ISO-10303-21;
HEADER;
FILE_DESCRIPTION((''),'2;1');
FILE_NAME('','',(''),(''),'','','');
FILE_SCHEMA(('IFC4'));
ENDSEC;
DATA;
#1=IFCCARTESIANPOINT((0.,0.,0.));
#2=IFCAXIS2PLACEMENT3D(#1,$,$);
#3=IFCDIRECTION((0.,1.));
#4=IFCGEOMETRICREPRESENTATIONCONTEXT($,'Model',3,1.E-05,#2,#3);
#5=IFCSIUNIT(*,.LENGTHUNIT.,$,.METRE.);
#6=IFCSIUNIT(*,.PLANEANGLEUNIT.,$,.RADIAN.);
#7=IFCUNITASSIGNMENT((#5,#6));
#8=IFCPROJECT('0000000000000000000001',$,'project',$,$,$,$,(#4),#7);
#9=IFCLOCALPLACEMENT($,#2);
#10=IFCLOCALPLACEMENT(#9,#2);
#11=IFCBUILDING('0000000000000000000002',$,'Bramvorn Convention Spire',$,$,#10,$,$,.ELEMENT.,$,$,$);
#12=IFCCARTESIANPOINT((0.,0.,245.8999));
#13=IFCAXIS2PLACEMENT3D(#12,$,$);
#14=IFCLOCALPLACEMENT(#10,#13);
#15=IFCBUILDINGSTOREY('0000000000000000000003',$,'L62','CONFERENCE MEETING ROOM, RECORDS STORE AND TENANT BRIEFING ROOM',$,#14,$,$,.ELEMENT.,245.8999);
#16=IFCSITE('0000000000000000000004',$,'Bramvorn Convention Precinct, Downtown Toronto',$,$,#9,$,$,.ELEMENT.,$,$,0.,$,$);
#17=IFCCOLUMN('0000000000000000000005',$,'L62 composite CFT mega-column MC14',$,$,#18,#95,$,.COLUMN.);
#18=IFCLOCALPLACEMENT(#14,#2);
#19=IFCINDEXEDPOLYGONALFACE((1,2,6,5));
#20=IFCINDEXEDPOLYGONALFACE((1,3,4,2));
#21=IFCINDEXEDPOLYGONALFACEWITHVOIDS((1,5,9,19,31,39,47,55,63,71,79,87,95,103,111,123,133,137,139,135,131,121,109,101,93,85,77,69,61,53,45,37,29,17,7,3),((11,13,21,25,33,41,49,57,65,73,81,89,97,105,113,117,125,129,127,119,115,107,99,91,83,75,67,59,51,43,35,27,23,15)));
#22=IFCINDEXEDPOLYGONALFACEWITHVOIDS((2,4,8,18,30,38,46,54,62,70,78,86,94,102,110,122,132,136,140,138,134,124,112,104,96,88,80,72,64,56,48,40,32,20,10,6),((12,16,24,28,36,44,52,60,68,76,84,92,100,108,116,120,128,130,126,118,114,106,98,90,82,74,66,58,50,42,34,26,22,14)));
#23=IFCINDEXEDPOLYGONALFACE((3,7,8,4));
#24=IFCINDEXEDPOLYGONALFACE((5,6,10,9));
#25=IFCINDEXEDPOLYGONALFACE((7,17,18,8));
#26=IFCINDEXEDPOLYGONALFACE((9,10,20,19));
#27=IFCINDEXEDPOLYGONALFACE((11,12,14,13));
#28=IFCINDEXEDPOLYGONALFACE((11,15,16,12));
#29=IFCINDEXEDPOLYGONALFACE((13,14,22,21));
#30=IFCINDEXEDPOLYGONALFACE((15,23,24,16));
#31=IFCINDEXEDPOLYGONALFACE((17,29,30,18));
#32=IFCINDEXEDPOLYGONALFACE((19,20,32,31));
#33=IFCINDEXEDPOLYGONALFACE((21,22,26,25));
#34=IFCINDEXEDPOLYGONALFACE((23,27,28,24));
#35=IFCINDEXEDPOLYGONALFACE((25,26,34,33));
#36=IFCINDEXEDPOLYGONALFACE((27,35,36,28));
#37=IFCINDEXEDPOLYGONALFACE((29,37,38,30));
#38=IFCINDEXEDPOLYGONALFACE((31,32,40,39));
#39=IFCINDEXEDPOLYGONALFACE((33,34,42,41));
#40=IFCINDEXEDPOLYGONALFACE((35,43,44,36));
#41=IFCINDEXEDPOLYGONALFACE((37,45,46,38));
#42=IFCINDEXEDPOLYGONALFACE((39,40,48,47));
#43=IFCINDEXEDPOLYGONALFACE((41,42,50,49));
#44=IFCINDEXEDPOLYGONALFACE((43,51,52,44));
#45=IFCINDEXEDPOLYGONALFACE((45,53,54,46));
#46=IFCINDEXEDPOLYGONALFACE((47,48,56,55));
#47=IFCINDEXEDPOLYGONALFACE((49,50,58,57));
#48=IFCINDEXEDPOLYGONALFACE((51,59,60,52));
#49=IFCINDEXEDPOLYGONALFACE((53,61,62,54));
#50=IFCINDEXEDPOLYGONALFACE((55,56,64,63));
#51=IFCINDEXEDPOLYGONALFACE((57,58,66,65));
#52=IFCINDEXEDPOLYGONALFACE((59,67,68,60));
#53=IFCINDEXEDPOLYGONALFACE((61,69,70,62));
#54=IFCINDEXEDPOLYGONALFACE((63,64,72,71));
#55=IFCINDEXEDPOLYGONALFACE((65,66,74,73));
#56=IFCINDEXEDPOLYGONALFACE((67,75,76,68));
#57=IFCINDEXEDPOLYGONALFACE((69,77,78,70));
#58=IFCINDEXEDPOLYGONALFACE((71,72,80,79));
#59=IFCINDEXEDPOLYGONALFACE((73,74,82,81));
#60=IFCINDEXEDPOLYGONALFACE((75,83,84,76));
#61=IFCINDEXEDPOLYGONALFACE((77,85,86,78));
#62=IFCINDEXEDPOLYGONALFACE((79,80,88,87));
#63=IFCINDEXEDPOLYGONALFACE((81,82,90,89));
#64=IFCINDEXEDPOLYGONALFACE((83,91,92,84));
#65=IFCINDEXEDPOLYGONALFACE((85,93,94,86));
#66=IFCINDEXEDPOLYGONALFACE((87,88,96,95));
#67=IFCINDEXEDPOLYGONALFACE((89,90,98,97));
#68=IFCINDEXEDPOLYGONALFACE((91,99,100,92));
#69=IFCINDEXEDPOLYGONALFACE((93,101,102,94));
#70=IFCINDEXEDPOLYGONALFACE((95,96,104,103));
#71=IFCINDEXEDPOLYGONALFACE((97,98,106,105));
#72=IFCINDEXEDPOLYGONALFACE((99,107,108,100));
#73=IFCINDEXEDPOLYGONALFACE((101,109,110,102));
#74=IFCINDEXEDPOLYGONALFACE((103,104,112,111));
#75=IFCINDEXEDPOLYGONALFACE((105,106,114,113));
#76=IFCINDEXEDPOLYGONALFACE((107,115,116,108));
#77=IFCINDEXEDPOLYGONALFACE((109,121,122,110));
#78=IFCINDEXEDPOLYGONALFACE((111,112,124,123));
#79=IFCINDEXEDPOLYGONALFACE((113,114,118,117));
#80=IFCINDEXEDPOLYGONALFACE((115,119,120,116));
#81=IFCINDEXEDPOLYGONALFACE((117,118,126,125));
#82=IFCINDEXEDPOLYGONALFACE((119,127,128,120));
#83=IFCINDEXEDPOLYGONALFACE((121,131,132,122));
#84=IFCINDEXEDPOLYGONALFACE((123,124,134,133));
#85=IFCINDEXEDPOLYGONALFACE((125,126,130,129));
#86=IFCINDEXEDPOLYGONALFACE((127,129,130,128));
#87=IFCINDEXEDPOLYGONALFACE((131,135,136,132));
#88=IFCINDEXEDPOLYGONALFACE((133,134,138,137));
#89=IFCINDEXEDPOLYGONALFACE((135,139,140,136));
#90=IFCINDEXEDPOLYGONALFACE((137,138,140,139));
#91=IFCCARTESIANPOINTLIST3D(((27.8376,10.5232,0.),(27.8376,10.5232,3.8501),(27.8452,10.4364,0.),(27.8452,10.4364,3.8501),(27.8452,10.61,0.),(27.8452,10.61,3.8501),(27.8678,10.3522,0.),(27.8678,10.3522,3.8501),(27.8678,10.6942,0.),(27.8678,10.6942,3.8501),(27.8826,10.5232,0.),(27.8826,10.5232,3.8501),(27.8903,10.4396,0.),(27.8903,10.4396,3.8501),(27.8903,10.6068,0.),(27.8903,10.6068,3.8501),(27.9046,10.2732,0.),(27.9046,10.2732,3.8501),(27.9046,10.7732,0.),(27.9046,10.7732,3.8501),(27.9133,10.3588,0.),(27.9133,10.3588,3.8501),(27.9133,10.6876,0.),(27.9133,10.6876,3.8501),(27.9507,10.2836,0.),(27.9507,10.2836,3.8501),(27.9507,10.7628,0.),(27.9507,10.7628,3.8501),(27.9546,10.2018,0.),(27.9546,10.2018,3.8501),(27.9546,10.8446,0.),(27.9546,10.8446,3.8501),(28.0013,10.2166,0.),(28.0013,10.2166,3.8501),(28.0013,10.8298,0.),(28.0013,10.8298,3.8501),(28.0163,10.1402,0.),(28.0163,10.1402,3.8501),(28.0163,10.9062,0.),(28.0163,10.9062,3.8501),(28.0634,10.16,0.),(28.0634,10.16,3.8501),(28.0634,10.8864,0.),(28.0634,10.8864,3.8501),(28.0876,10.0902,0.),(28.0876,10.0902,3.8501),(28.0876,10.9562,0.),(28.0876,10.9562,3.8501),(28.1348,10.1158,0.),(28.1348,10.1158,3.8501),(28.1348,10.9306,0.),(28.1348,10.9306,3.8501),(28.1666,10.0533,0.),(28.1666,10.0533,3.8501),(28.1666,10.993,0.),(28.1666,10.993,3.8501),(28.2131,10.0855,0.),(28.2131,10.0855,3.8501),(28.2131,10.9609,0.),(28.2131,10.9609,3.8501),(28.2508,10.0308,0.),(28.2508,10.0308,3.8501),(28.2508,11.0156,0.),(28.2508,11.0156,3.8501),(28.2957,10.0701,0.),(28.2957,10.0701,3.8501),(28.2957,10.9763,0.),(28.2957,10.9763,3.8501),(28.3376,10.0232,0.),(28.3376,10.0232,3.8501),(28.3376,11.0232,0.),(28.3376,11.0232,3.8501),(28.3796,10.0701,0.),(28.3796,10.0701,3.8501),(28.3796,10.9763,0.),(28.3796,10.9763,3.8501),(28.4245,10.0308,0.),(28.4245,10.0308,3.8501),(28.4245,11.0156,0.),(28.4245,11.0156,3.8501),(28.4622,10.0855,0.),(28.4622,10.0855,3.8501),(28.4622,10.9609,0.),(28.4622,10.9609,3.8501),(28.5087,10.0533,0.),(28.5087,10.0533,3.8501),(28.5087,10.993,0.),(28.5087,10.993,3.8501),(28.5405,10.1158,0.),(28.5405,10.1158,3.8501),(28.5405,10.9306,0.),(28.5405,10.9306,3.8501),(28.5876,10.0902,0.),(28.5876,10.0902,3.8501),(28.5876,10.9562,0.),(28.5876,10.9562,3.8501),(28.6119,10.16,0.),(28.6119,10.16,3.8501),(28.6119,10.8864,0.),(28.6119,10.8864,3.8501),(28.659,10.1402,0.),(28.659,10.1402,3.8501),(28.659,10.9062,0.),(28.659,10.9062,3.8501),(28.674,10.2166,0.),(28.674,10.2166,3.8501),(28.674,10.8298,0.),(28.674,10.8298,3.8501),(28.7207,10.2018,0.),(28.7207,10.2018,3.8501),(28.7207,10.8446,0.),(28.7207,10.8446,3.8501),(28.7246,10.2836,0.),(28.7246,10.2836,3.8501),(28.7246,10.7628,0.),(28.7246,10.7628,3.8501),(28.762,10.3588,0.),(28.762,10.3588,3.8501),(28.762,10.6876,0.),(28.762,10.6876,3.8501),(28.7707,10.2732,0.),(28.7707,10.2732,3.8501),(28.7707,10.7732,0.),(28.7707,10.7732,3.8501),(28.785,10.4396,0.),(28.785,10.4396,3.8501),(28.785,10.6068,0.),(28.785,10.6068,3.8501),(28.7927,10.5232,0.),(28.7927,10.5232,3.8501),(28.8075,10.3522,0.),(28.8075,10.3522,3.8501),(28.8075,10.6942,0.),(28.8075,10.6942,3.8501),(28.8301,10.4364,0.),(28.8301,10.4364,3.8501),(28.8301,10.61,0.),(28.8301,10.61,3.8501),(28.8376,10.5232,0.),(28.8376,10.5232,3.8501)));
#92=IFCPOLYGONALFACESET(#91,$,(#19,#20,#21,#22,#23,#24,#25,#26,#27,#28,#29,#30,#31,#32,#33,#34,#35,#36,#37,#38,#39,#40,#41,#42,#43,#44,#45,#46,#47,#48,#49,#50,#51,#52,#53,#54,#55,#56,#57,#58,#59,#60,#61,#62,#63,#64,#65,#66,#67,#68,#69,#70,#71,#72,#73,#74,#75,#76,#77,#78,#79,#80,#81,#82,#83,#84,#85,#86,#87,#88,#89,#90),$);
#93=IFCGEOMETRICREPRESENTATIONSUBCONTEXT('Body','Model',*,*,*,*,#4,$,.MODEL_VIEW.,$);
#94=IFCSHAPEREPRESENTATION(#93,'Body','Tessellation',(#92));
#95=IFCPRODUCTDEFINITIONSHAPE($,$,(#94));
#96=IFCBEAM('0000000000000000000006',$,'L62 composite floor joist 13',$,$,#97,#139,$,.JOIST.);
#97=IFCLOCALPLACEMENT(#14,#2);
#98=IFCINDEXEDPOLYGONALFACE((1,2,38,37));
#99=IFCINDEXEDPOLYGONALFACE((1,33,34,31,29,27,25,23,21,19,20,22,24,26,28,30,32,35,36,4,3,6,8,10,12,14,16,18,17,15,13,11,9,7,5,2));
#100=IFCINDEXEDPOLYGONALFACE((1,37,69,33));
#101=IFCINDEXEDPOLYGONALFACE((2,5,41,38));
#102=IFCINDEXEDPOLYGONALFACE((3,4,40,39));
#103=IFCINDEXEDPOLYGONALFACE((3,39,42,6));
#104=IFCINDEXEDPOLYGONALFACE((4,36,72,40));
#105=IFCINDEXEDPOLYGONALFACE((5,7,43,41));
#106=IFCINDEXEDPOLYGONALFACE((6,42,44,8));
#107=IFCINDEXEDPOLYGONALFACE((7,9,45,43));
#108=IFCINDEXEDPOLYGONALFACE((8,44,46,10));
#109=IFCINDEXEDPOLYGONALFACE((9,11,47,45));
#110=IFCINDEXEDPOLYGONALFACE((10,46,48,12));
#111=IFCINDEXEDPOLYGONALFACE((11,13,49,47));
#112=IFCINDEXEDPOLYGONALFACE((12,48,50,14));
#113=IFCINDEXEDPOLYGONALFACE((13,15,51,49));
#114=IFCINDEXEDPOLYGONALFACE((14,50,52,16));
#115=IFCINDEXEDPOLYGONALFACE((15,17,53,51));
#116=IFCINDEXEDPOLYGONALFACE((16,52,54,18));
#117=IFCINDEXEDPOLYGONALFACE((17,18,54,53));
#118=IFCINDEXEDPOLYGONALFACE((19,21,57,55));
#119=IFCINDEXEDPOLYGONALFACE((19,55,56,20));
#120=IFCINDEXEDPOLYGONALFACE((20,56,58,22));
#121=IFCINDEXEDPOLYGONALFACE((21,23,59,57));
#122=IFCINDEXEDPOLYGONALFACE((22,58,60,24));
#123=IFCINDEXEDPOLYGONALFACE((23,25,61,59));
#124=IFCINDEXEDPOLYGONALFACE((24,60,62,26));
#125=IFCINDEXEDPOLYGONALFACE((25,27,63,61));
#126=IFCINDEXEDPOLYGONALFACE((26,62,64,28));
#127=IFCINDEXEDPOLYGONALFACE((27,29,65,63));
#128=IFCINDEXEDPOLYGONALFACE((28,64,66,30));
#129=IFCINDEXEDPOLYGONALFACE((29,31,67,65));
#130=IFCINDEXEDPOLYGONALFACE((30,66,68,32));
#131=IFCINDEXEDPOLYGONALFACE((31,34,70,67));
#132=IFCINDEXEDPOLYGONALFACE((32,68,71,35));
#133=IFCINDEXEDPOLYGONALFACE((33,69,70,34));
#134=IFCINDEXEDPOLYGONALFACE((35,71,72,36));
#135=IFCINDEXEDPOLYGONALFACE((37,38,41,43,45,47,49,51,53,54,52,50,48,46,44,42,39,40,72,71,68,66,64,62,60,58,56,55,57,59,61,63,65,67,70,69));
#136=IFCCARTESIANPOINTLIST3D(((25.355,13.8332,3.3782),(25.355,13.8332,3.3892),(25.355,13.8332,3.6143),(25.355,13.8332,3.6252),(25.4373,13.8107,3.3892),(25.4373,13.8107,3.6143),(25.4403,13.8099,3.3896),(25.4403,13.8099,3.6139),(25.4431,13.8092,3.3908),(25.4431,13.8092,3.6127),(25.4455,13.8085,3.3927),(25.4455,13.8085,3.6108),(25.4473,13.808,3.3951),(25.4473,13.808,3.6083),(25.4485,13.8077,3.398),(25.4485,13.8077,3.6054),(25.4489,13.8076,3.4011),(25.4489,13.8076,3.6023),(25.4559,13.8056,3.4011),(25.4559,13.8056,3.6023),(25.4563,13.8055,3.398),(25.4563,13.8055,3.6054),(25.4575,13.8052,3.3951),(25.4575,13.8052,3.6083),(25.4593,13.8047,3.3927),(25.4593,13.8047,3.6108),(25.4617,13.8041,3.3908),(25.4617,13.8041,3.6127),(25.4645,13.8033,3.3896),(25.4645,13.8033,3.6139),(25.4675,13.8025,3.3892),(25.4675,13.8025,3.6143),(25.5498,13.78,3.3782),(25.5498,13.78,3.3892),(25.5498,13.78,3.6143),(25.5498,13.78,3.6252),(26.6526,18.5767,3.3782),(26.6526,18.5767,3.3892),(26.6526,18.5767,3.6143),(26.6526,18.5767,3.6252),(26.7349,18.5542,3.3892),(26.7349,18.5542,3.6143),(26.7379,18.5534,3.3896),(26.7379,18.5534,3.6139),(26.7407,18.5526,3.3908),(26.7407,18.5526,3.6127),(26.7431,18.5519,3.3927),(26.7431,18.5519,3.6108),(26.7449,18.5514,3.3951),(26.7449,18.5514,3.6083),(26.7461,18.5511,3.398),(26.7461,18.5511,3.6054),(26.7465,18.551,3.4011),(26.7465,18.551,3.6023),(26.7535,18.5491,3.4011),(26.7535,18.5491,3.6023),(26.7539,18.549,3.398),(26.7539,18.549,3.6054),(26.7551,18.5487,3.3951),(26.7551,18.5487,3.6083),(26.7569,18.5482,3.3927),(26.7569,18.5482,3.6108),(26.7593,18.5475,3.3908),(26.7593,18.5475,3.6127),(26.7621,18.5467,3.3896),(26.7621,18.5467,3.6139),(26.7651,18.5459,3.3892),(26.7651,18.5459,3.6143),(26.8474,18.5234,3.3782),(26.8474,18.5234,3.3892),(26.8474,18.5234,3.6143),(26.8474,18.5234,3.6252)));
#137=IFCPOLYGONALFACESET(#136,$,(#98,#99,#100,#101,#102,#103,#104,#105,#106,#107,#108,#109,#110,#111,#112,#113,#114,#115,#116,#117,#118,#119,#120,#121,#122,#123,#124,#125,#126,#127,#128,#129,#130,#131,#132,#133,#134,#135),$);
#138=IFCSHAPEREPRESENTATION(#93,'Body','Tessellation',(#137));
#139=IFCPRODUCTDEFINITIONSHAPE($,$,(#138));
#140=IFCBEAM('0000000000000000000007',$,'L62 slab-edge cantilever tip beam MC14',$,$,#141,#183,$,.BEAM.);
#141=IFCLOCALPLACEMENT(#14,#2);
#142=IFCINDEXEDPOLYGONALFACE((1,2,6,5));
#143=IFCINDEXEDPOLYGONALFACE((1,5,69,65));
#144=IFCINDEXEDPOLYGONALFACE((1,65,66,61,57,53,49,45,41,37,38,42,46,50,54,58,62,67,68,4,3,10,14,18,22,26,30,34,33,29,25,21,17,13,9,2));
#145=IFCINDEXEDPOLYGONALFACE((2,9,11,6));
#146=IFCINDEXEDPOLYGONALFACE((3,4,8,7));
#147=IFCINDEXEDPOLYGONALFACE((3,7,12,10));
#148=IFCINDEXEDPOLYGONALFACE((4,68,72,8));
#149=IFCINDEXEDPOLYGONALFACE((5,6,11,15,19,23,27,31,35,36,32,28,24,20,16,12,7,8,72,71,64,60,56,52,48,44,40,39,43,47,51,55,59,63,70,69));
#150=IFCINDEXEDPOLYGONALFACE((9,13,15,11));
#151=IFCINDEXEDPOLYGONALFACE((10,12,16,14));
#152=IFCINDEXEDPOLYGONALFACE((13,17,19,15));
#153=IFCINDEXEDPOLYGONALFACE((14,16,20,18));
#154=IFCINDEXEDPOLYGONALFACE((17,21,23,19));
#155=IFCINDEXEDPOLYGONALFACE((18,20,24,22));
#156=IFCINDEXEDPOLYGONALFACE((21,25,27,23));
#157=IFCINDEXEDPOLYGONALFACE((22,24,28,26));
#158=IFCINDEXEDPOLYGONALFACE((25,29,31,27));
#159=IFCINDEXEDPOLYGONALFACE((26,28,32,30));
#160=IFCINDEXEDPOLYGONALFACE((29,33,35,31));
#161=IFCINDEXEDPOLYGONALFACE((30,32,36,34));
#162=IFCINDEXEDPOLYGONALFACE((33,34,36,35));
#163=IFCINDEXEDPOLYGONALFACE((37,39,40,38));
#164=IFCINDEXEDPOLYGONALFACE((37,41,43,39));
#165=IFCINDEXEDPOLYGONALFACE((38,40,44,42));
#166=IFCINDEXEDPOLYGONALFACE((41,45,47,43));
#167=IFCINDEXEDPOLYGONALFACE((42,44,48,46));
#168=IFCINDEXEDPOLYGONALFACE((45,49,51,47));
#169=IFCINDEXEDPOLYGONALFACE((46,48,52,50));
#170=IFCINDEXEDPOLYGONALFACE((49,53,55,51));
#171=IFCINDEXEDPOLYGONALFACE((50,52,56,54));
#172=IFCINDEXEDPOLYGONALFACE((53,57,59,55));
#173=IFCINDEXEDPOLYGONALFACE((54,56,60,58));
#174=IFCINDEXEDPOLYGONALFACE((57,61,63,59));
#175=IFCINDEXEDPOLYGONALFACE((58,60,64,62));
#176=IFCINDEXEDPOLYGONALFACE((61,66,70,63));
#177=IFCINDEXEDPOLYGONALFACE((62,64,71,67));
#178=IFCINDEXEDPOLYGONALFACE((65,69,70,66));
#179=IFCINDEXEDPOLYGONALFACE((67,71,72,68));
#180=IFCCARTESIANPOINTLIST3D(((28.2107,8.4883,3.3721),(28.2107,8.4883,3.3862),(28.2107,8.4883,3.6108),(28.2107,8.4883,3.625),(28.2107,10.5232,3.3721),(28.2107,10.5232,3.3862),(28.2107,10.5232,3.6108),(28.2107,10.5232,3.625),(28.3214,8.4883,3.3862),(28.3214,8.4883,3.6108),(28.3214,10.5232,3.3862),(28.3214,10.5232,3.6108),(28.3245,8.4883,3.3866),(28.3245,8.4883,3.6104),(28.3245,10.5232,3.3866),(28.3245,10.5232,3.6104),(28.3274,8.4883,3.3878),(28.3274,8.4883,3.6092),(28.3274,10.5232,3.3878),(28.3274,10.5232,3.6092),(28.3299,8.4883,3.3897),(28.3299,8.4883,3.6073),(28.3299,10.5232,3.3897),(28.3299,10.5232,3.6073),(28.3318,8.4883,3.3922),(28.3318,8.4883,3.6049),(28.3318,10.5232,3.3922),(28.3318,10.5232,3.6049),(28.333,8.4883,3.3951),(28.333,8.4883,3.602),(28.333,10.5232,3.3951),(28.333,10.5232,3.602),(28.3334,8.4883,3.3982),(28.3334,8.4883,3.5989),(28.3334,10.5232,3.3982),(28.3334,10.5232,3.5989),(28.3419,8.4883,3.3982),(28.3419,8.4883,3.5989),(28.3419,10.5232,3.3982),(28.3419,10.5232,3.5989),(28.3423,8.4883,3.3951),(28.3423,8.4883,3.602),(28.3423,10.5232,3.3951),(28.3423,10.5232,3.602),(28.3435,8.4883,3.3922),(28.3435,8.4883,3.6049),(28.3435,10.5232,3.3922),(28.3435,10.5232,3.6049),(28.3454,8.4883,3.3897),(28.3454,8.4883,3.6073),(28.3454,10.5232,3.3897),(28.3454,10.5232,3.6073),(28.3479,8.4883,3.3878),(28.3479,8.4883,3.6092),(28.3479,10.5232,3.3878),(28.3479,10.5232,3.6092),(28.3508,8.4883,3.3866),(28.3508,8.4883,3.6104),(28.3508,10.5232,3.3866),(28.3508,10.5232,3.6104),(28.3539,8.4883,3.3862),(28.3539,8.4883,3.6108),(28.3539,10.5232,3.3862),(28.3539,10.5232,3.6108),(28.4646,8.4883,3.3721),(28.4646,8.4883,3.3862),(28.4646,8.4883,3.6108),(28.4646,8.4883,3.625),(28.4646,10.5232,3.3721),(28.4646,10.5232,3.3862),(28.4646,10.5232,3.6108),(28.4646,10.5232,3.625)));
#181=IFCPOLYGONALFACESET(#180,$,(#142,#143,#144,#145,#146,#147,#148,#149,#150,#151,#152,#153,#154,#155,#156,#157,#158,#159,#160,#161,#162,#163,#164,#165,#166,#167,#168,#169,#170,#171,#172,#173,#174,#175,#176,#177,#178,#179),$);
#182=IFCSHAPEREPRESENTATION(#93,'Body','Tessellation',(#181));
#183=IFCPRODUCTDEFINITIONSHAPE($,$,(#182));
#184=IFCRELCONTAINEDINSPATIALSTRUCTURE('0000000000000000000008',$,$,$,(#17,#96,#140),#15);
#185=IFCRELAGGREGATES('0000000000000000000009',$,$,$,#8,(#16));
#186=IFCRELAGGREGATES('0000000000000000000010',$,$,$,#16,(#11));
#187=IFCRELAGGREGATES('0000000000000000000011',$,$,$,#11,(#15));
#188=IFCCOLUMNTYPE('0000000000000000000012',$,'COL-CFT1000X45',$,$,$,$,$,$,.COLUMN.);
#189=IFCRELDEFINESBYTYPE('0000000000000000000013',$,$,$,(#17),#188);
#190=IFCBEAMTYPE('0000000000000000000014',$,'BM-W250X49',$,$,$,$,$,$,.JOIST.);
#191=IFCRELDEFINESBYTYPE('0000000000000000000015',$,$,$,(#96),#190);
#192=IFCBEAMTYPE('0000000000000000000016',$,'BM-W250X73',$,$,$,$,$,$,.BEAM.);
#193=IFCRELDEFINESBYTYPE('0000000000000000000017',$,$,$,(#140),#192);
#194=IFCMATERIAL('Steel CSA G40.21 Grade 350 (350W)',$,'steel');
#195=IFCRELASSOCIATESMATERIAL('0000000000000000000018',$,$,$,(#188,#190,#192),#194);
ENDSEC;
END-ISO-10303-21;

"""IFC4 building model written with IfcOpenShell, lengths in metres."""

from ifc_helpers import new_model, si_unit, direction, frame, origin, origin_2d, place, context, subcontext, project, spatial, hollow_circle, i_section, extrude, material, material_profile, profile_set, type_object, element, save


model = new_model("IFC4")

# Units and contexts
model_context = context("Model", 3, precision=1e-05, world=origin(), true_north=direction((0.0, 1.0)))
body_context = subcontext(model_context, "Body", "Model", "MODEL_VIEW")
ifc_project = project(units=[si_unit("LENGTHUNIT", "METRE"), si_unit("PLANEANGLEUNIT", "RADIAN")], contexts=[model_context])

# Site, building, storey
site_placement = place(None, origin())
site = spatial("IfcSite", under=ifc_project, at=site_placement, Name="Bramvorn Convention Precinct, Downtown Toronto", CompositionType="ELEMENT", RefElevation=0.0)
building_placement = place(site_placement, origin())
building = spatial("IfcBuilding", under=site, at=building_placement, Name="Bramvorn Convention Spire", CompositionType="ELEMENT")
storey_placement = place(building_placement, frame((0.0, 0.0, 245.8999)))
storey = spatial("IfcBuildingStorey", under=building, at=storey_placement, Name="L62", Description="CONFERENCE MEETING ROOM, RECORDS STORE AND TENANT BRIEFING ROOM", CompositionType="ELEMENT", Elevation=245.8999)

# Column
ifc_material_1 = material(Name="Steel CSA G40.21 Grade 350 (350W)", Category="steel")
ifc_material_profile_1 = material_profile(ifc_material_1, hollow_circle(Radius=0.5, WallThickness=0.0449, at=origin_2d()))
ifc_profile_set_1 = profile_set([ifc_material_profile_1], Name="Steel CSA G40.21 Grade 350 (350W) - CFT1000X45")
column_type = type_object("IfcColumnType", Name="COL-CFT1000X45", PredefinedType="COLUMN", material=ifc_profile_set_1)
column_placement = place(storey_placement, frame((28.3376, 10.5232, 0.0), z_axis=(0.0, 0.0, 1.0), x_axis=(1.0, 0.0, 0.0)))
element("IfcColumn", 1, at=column_placement, inside=storey, type_object=column_type, Name="L62 composite CFT mega-column MC14", PredefinedType="COLUMN", context=body_context, shape_type="SweptSolid", body=[
    extrude(hollow_circle(Radius=0.5, WallThickness=0.0449, at=origin_2d()), origin(), (0.0, 0.0, 1.0), 3.8501),
])

# Beams
ifc_material_profile_2 = material_profile(ifc_material_1, i_section(OverallWidth=0.2019, OverallDepth=0.2471, WebThickness=0.0073, FlangeThickness=0.011, FilletRadius=0.012, at=origin_2d()))
ifc_profile_set_2 = profile_set([ifc_material_profile_2], Name="Steel CSA G40.21 Grade 350 (350W) - W250X49")
beam_type_1 = type_object("IfcBeamType", Name="BM-W250X49", PredefinedType="JOIST", material=ifc_profile_set_2)
beam_1_placement = place(storey_placement, frame((26.75, 18.55, 3.5017), z_axis=(-0.263865, -0.96456, 0.0), x_axis=(0.96456, -0.263865, 0.0)))
element("IfcBeam", 2, at=beam_1_placement, inside=storey, type_object=beam_type_1, Name="L62 composite floor joist 13", PredefinedType="JOIST", context=body_context, shape_type="SweptSolid", body=[
    extrude(i_section(OverallWidth=0.2019, OverallDepth=0.2471, WebThickness=0.0073, FlangeThickness=0.011, FilletRadius=0.012, at=origin_2d()), origin(), (0.0, 0.0, 1.0), 4.9177),
])
ifc_material_profile_3 = material_profile(ifc_material_1, i_section(OverallWidth=0.2539, OverallDepth=0.2529, WebThickness=0.0085, FlangeThickness=0.0142, FilletRadius=0.012, at=origin_2d()))
ifc_profile_set_3 = profile_set([ifc_material_profile_3], Name="Steel CSA G40.21 Grade 350 (350W) - W250X73")
beam_type_2 = type_object("IfcBeamType", Name="BM-W250X73", PredefinedType="BEAM", material=ifc_profile_set_3)
beam_2_placement = place(storey_placement, frame((28.3376, 10.5232, 3.4985), z_axis=(0.0, -1.0, 0.0), x_axis=(1.0, 0.0, 0.0)))
element("IfcBeam", 3, at=beam_2_placement, inside=storey, type_object=beam_type_2, Name="L62 slab-edge cantilever tip beam MC14", PredefinedType="BEAM", context=body_context, shape_type="SweptSolid", body=[
    extrude(i_section(OverallWidth=0.2539, OverallDepth=0.2529, WebThickness=0.0085, FlangeThickness=0.0142, FilletRadius=0.012, at=origin_2d()), origin(), (0.0, 0.0, 1.0), 2.0349),
])

save(model, "model.ifc")
